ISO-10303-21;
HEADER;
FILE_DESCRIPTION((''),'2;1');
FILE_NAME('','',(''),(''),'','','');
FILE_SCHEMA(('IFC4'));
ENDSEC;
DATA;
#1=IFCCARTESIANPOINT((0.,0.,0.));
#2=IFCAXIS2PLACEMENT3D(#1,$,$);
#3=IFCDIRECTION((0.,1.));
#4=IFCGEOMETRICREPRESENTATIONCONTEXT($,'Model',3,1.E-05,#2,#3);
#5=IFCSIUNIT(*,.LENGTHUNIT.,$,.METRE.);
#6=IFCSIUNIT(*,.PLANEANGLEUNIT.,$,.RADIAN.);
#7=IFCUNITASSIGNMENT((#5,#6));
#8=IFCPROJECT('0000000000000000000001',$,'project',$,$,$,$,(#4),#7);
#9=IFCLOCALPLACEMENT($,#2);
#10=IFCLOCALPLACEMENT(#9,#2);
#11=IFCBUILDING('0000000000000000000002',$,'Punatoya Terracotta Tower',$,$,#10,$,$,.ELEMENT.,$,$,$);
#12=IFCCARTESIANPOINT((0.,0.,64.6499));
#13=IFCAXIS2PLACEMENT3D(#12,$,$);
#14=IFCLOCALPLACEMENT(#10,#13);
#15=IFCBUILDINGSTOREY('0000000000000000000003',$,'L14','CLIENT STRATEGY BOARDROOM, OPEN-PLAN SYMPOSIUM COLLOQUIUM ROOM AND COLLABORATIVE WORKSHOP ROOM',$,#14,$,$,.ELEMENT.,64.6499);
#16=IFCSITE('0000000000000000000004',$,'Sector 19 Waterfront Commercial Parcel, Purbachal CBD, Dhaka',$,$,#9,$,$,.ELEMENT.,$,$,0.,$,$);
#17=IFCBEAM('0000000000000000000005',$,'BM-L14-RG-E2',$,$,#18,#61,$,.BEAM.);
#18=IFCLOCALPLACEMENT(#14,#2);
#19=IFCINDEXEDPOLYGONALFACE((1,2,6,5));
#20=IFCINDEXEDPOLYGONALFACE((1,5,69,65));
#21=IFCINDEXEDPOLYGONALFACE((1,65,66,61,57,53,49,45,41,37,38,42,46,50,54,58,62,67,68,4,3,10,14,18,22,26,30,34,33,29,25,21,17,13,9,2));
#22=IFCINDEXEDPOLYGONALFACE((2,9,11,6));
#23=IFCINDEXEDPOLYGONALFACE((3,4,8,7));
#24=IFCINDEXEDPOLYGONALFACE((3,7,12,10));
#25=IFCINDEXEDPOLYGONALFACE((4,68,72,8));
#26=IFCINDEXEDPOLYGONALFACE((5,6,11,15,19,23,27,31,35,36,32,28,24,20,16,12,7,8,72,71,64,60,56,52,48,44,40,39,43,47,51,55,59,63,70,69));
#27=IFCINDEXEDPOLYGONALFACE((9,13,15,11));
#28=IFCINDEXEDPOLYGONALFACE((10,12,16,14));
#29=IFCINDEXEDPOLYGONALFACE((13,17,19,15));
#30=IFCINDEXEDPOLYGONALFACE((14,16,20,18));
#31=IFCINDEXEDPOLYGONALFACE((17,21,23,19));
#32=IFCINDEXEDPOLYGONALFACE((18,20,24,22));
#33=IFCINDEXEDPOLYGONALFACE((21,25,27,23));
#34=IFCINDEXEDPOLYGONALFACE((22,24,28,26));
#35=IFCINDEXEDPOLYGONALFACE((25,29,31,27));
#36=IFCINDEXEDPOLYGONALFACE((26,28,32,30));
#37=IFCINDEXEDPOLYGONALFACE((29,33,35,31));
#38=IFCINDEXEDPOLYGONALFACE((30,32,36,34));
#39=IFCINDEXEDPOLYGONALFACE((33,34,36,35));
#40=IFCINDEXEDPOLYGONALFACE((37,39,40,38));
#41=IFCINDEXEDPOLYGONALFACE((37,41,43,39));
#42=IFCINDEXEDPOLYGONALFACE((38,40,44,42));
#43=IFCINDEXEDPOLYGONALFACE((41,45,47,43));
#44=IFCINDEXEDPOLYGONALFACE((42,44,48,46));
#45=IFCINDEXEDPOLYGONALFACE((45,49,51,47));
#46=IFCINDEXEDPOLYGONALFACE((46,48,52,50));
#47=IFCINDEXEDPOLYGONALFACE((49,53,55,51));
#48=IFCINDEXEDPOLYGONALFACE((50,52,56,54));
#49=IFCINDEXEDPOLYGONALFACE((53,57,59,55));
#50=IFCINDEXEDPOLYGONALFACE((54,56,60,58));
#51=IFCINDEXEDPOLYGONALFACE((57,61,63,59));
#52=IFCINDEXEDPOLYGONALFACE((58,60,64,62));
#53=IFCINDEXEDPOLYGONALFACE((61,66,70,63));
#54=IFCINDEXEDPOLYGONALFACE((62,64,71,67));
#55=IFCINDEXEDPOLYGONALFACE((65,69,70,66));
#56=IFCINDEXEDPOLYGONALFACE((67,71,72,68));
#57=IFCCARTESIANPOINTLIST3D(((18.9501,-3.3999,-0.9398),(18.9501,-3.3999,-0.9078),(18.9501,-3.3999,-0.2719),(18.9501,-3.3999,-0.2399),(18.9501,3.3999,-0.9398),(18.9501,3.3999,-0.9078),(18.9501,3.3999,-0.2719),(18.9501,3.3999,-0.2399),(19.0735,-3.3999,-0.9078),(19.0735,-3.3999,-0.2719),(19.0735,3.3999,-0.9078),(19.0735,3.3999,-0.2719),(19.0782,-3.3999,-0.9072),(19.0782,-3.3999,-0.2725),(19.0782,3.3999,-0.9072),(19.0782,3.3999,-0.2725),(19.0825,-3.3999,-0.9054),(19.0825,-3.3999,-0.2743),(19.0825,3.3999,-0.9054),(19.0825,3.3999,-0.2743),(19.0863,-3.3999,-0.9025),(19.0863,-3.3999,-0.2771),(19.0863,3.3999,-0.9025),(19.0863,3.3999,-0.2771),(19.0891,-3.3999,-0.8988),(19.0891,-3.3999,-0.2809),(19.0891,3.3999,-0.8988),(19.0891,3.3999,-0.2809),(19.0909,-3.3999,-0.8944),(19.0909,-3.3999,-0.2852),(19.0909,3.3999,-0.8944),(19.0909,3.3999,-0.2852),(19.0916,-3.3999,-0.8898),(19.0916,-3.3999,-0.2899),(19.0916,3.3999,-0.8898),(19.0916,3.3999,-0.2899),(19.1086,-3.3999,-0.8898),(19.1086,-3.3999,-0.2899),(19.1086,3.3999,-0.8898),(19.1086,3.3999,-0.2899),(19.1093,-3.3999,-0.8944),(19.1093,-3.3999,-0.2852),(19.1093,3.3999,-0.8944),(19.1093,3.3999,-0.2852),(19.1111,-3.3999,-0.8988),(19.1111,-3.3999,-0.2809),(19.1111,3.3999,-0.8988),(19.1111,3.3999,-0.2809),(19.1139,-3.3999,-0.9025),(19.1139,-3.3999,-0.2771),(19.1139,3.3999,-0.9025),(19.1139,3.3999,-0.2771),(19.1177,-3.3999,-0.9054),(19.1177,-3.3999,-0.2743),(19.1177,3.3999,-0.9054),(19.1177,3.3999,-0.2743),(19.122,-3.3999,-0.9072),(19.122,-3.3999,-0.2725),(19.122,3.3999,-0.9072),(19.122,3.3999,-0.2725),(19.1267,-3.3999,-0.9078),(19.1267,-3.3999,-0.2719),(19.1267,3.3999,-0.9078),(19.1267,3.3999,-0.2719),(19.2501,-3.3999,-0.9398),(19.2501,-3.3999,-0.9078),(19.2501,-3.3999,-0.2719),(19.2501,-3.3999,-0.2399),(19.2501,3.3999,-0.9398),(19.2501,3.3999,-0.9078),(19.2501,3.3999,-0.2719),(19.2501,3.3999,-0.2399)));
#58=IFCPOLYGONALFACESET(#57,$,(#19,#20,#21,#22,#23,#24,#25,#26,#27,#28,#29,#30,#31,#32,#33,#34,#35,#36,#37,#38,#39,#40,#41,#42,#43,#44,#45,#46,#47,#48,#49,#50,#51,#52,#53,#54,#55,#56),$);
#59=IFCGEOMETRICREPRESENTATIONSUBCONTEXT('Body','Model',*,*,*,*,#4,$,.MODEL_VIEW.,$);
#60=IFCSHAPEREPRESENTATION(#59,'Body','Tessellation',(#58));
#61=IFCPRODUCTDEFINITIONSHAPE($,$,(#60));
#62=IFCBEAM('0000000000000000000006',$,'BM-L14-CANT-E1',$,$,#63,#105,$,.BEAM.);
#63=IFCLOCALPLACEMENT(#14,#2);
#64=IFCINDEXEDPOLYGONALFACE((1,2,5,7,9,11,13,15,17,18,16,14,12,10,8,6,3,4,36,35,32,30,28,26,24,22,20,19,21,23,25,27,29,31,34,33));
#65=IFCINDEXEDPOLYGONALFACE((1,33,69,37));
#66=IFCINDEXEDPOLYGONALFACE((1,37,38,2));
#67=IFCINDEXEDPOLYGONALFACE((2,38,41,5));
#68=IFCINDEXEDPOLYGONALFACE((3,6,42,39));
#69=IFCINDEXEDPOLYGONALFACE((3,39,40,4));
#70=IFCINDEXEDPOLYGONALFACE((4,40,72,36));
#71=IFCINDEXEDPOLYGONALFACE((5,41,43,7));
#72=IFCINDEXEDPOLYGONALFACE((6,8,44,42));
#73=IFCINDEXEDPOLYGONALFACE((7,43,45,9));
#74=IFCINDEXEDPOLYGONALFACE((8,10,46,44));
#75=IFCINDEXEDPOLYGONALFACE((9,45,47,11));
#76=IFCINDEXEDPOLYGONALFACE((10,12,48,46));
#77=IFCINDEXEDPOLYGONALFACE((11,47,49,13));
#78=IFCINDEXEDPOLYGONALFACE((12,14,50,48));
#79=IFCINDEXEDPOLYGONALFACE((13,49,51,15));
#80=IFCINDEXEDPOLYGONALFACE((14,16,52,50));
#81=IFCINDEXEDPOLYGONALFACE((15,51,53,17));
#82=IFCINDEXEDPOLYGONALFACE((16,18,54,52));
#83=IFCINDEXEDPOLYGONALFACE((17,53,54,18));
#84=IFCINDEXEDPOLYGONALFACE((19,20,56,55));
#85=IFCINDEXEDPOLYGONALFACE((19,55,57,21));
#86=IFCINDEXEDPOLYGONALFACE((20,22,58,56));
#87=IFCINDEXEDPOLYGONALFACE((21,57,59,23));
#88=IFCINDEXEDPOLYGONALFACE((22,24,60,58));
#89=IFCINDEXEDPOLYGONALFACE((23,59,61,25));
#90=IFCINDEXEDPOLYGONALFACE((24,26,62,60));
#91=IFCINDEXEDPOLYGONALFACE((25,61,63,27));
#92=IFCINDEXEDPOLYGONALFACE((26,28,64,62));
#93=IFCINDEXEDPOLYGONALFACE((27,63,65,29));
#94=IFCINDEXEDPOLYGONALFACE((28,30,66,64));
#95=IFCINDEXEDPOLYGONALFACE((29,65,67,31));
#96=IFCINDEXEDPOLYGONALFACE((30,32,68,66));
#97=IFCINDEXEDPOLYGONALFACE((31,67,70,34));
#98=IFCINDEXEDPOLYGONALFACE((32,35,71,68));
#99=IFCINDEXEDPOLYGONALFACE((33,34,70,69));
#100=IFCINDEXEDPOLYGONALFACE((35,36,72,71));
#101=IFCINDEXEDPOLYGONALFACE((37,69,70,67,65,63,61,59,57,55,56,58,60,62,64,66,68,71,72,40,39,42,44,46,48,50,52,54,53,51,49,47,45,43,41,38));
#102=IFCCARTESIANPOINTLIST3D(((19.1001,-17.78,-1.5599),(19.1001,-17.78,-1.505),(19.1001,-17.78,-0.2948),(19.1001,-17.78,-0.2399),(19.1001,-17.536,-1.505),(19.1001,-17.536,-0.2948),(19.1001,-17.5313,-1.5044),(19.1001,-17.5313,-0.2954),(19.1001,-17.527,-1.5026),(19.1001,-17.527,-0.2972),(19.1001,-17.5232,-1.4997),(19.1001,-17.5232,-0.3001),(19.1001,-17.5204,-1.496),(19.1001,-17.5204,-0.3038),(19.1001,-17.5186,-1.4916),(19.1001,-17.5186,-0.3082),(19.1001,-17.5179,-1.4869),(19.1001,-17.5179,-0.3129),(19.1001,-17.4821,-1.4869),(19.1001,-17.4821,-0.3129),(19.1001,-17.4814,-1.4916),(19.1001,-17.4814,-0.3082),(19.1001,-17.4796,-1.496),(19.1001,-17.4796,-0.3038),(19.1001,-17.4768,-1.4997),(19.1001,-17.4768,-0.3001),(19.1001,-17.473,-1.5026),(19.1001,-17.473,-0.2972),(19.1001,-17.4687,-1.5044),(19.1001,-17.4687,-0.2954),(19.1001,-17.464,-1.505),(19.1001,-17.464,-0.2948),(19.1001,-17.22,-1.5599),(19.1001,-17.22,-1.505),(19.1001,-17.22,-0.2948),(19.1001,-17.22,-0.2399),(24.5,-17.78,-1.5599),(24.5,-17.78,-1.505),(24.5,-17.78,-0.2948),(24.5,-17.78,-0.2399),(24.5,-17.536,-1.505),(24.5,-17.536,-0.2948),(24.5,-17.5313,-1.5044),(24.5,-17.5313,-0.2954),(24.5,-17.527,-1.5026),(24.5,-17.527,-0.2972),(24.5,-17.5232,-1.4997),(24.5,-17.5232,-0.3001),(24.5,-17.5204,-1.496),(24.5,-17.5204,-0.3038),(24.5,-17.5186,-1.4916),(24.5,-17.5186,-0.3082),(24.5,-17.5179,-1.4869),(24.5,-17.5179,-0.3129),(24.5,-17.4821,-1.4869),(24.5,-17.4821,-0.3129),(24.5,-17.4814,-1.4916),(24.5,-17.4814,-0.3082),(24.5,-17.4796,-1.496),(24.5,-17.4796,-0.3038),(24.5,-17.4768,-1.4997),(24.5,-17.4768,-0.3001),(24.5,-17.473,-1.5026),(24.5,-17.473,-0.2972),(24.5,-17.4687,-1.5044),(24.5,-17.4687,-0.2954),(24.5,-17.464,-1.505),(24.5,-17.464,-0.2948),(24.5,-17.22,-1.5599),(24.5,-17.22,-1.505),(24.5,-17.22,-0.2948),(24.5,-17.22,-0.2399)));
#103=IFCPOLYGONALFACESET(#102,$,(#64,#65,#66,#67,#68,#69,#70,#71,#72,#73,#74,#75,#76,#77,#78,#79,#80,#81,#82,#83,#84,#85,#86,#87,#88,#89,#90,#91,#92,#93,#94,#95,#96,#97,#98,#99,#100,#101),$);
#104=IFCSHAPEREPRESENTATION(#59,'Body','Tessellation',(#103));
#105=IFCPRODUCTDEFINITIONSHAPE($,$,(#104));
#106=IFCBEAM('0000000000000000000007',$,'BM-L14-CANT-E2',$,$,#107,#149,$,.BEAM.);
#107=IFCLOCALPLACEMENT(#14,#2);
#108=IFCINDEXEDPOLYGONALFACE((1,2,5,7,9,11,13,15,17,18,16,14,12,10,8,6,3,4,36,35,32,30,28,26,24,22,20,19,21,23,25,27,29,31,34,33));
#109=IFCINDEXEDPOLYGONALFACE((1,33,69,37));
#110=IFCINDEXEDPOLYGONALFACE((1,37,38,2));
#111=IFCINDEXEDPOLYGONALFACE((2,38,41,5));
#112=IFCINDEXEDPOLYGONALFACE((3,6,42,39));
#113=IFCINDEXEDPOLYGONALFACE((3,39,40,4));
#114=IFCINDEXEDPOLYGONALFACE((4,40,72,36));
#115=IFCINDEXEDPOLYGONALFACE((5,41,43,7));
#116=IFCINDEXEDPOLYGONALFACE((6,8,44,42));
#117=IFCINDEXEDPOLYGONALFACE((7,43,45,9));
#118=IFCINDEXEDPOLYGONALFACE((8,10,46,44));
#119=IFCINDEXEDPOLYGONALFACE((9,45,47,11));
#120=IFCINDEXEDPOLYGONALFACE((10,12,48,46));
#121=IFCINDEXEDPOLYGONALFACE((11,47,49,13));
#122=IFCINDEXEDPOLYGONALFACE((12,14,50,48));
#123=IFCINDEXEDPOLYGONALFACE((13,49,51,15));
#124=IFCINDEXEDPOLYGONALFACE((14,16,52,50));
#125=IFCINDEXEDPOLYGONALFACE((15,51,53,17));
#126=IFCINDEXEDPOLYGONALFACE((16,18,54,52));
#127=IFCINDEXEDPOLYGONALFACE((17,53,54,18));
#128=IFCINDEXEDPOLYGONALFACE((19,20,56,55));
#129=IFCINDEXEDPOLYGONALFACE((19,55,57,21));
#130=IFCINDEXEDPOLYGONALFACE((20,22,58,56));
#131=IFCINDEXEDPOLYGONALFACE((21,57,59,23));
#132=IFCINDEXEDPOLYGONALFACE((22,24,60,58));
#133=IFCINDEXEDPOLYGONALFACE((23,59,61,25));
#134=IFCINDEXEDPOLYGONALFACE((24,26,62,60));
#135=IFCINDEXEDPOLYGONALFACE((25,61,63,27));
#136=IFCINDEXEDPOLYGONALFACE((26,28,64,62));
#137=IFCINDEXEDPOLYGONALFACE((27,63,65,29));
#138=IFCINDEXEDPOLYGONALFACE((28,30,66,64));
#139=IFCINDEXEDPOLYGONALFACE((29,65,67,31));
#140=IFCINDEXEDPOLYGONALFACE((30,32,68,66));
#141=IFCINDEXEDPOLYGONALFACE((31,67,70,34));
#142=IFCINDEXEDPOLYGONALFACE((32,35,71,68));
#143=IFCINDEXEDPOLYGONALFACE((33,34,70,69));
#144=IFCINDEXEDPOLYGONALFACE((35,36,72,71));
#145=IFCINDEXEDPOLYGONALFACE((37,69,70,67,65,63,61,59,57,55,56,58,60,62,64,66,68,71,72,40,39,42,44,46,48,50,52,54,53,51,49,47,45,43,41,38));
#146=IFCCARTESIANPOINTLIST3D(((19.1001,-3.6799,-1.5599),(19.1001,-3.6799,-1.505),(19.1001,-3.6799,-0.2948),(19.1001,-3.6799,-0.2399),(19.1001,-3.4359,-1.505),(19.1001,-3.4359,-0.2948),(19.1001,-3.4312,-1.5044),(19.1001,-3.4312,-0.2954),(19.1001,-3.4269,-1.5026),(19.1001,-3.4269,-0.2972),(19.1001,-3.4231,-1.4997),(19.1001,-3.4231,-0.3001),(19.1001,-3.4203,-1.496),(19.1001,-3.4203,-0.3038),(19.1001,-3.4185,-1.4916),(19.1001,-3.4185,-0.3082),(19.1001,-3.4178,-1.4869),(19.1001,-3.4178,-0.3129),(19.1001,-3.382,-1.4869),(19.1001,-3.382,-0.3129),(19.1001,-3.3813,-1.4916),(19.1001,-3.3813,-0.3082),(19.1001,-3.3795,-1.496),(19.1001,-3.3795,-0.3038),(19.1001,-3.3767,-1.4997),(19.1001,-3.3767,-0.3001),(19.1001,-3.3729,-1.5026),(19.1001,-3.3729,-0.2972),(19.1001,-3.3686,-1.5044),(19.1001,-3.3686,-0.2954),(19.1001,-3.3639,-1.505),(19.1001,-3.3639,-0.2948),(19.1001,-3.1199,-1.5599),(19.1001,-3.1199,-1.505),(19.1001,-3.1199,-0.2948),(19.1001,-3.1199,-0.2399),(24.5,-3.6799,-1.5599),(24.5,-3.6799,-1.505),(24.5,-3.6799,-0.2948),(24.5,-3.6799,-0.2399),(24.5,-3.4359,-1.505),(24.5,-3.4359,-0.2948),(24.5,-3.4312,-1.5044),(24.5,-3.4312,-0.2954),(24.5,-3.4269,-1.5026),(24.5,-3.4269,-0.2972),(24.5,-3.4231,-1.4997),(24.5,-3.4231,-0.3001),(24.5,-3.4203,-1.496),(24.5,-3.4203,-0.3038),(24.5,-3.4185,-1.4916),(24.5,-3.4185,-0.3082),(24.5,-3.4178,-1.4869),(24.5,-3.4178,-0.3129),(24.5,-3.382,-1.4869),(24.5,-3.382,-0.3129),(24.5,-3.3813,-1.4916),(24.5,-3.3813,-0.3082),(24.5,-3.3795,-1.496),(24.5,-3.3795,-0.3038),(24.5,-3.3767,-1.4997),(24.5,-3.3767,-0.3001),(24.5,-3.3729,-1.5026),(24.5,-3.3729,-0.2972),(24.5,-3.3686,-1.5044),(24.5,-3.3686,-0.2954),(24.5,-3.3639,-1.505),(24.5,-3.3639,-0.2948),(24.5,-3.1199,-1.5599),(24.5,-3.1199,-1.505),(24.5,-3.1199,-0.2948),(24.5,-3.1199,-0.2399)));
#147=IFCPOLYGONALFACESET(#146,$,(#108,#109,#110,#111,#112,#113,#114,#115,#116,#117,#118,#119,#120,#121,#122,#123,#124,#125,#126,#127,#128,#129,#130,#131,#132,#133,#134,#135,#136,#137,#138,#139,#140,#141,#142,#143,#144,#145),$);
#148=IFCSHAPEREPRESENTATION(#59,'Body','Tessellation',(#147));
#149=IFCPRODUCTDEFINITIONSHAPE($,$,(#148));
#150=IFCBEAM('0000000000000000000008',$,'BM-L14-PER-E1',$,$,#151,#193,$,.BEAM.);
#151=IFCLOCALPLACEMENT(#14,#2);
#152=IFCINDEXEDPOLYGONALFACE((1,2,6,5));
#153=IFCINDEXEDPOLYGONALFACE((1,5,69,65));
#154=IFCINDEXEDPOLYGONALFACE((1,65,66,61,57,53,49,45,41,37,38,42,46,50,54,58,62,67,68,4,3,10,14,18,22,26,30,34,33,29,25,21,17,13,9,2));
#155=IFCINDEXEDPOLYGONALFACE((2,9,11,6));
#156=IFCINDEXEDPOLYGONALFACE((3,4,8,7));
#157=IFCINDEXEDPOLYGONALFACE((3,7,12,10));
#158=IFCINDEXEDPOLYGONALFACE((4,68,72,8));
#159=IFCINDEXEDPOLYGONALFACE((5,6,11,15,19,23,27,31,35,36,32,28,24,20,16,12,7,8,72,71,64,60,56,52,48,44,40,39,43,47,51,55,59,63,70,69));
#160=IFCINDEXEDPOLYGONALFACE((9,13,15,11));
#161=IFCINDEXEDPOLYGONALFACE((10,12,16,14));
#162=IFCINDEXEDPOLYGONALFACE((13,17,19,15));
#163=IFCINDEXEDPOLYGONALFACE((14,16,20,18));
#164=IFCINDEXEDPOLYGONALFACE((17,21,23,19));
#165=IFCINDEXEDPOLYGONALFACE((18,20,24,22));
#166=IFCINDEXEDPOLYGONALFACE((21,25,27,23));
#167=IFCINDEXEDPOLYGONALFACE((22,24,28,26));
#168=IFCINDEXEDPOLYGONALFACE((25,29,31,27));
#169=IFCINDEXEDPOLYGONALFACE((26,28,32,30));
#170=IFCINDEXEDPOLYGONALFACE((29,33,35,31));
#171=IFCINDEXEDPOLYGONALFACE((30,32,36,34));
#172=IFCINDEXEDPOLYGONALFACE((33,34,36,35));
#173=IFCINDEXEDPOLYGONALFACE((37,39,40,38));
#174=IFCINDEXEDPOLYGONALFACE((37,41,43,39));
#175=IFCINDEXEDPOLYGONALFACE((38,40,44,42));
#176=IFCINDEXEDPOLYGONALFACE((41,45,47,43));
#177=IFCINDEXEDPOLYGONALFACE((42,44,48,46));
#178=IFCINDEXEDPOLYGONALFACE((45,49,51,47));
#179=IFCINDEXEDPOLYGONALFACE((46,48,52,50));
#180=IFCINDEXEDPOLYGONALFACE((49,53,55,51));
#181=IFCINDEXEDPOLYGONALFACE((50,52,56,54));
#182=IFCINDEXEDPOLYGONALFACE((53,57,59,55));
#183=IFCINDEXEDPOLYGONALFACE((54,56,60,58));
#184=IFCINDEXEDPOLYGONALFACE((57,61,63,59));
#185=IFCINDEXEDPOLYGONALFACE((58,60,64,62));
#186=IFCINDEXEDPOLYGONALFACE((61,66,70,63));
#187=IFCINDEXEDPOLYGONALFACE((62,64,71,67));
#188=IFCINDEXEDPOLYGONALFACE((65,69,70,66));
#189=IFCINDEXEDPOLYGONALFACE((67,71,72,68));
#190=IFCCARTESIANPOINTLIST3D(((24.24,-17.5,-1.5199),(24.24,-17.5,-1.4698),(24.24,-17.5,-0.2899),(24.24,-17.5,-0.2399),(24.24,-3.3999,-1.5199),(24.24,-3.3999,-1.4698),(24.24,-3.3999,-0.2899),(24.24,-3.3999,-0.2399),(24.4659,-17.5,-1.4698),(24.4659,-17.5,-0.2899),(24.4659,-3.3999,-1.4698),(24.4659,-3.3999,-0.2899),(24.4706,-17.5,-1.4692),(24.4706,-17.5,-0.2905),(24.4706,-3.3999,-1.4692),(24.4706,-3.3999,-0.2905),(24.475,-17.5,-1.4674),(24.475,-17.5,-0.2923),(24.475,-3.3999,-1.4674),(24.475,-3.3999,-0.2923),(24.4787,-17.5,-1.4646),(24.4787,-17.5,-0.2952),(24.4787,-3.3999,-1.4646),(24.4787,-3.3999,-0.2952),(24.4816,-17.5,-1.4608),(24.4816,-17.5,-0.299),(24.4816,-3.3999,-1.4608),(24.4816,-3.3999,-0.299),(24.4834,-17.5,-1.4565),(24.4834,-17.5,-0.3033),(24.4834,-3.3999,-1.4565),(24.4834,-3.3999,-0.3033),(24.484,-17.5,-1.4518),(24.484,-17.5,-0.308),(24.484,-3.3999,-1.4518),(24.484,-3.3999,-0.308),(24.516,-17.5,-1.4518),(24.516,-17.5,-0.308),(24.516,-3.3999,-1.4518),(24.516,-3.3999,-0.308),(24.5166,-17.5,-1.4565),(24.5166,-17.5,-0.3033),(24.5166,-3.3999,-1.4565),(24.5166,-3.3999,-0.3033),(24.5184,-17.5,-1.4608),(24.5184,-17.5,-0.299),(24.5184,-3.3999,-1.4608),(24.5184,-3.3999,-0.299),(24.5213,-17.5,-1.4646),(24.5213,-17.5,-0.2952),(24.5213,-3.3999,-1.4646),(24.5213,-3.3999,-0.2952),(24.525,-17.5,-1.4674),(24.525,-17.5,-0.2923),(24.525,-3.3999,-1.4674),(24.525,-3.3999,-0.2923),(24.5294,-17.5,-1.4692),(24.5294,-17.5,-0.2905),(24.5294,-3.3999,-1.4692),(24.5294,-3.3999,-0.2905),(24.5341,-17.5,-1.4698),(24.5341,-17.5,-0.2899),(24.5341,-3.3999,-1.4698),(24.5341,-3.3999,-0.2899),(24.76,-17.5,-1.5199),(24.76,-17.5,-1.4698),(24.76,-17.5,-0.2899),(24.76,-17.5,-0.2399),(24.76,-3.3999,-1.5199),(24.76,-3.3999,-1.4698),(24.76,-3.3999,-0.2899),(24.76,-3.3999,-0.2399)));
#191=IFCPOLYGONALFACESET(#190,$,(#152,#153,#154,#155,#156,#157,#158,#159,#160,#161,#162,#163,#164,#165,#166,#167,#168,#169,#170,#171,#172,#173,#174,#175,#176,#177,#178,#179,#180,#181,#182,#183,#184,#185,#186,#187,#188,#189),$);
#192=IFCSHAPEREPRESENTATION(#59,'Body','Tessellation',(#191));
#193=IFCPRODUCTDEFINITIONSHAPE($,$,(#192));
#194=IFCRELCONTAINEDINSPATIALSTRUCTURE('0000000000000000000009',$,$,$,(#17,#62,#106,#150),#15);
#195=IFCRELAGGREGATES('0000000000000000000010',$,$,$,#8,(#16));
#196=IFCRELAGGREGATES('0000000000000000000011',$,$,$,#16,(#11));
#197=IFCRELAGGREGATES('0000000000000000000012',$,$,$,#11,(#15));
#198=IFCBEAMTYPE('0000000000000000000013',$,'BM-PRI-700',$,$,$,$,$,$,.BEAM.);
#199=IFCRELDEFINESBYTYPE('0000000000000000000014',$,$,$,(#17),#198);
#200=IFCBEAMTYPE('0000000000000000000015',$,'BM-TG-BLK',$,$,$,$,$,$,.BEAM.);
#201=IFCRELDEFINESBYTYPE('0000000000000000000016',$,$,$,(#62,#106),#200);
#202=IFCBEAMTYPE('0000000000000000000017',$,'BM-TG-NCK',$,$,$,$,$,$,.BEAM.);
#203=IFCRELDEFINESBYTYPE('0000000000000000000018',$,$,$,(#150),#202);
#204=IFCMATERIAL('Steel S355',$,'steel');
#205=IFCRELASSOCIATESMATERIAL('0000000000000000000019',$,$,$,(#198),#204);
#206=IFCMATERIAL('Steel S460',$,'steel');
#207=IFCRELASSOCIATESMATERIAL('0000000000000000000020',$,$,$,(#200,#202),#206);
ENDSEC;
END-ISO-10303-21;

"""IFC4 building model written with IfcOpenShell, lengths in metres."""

from ifc_helpers import new_model, si_unit, direction, frame, origin, origin_2d, place, context, subcontext, project, spatial, i_section, extrude, material, material_profile, profile_set, type_object, element, save


model = new_model("IFC4")

# Units and contexts
model_context = context("Model", 3, precision=1e-05, world=origin(), true_north=direction((0.0, 1.0)))
body_context = subcontext(model_context, "Body", "Model", "MODEL_VIEW")
ifc_project = project(units=[si_unit("LENGTHUNIT", "METRE"), si_unit("PLANEANGLEUNIT", "RADIAN")], contexts=[model_context])

# Site, building, storey
site_placement = place(None, origin())
site = spatial("IfcSite", under=ifc_project, at=site_placement, Name="Sector 19 Waterfront Commercial Parcel, Purbachal CBD, Dhaka", CompositionType="ELEMENT", RefElevation=0.0)
building_placement = place(site_placement, origin())
building = spatial("IfcBuilding", under=site, at=building_placement, Name="Punatoya Terracotta Tower", CompositionType="ELEMENT")
storey_placement = place(building_placement, frame((0.0, 0.0, 64.6499)))
storey = spatial("IfcBuildingStorey", under=building, at=storey_placement, Name="L14", Description="CLIENT STRATEGY BOARDROOM, OPEN-PLAN SYMPOSIUM COLLOQUIUM ROOM AND COLLABORATIVE WORKSHOP ROOM", CompositionType="ELEMENT", Elevation=64.6499)

# Shared definitions
ifc_material_1 = material(Name="Steel S460", Category="steel")

# Beams
ifc_material_2 = material(Name="Steel S355", Category="steel")
ifc_material_profile_1 = material_profile(ifc_material_2, i_section(OverallWidth=0.3, OverallDepth=0.7, WebThickness=0.0171, FlangeThickness=0.032, FilletRadius=0.0181, at=origin_2d()))
ifc_profile_set_1 = profile_set([ifc_material_profile_1], Name="Steel S355")
beam_type_1 = type_object("IfcBeamType", Name="BM-PRI-700", PredefinedType="BEAM", material=ifc_profile_set_1)
beam_1_placement = place(storey_placement, frame((19.1001, -3.3999, -0.5898), z_axis=(0.0, 1.0, 0.0), x_axis=(-1.0, 0.0, 0.0)))
element("IfcBeam", 1, at=beam_1_placement, inside=storey, type_object=beam_type_1, Name="BM-L14-RG-E2", PredefinedType="BEAM", context=body_context, shape_type="SweptSolid", body=[
    extrude(i_section(OverallWidth=0.3, OverallDepth=0.7, WebThickness=0.0171, FlangeThickness=0.032, FilletRadius=0.0181, at=origin_2d()), origin(), (0.0, 0.0, 1.0), 6.7998),
])
ifc_material_profile_2 = material_profile(ifc_material_1, i_section(OverallWidth=0.5601, OverallDepth=1.3201, WebThickness=0.0359, FlangeThickness=0.0549, FilletRadius=0.0181, at=origin_2d()))
ifc_profile_set_2 = profile_set([ifc_material_profile_2], Name="Steel S460")
beam_type_2 = type_object("IfcBeamType", Name="BM-TG-BLK", PredefinedType="BEAM", material=ifc_profile_set_2)
for number, where, z_axis, x_axis, name in (
    (2, (19.1001, -17.5, -0.8999), (1.0, 0.0, 0.0), (0.0, 1.0, 0.0), "BM-L14-CANT-E1"),
    (3, (19.1001, -3.3999, -0.8999), (1.0, 0.0, 0.0), (0.0, 1.0, 0.0), "BM-L14-CANT-E2"),
):
    element("IfcBeam", number, at=place(storey_placement, frame(where, z_axis=z_axis, x_axis=x_axis)), inside=storey, type_object=beam_type_2, Name=name, PredefinedType="BEAM", context=body_context, shape_type="SweptSolid", body=[
        extrude(i_section(OverallWidth=0.5601, OverallDepth=1.3201, WebThickness=0.0359, FlangeThickness=0.0549, FilletRadius=0.0181, at=origin_2d()), origin(), (0.0, 0.0, 1.0), 5.3999),
    ])
ifc_material_profile_3 = material_profile(ifc_material_1, i_section(OverallWidth=0.52, OverallDepth=1.28, WebThickness=0.032, FlangeThickness=0.05, FilletRadius=0.0181, at=origin_2d()))
ifc_profile_set_3 = profile_set([ifc_material_profile_3], Name="Steel S460")
beam_type_3 = type_object("IfcBeamType", Name="BM-TG-NCK", PredefinedType="BEAM", material=ifc_profile_set_3)
beam_2_placement = place(storey_placement, frame((24.5, -17.5, -0.8799), z_axis=(0.0, 1.0, 0.0), x_axis=(-1.0, 0.0, 0.0)))
element("IfcBeam", 4, at=beam_2_placement, inside=storey, type_object=beam_type_3, Name="BM-L14-PER-E1", PredefinedType="BEAM", context=body_context, shape_type="SweptSolid", body=[
    extrude(i_section(OverallWidth=0.52, OverallDepth=1.28, WebThickness=0.032, FlangeThickness=0.05, FilletRadius=0.0181, at=origin_2d()), origin(), (0.0, 0.0, 1.0), 14.1001),
])

save(model, "model.ifc")
